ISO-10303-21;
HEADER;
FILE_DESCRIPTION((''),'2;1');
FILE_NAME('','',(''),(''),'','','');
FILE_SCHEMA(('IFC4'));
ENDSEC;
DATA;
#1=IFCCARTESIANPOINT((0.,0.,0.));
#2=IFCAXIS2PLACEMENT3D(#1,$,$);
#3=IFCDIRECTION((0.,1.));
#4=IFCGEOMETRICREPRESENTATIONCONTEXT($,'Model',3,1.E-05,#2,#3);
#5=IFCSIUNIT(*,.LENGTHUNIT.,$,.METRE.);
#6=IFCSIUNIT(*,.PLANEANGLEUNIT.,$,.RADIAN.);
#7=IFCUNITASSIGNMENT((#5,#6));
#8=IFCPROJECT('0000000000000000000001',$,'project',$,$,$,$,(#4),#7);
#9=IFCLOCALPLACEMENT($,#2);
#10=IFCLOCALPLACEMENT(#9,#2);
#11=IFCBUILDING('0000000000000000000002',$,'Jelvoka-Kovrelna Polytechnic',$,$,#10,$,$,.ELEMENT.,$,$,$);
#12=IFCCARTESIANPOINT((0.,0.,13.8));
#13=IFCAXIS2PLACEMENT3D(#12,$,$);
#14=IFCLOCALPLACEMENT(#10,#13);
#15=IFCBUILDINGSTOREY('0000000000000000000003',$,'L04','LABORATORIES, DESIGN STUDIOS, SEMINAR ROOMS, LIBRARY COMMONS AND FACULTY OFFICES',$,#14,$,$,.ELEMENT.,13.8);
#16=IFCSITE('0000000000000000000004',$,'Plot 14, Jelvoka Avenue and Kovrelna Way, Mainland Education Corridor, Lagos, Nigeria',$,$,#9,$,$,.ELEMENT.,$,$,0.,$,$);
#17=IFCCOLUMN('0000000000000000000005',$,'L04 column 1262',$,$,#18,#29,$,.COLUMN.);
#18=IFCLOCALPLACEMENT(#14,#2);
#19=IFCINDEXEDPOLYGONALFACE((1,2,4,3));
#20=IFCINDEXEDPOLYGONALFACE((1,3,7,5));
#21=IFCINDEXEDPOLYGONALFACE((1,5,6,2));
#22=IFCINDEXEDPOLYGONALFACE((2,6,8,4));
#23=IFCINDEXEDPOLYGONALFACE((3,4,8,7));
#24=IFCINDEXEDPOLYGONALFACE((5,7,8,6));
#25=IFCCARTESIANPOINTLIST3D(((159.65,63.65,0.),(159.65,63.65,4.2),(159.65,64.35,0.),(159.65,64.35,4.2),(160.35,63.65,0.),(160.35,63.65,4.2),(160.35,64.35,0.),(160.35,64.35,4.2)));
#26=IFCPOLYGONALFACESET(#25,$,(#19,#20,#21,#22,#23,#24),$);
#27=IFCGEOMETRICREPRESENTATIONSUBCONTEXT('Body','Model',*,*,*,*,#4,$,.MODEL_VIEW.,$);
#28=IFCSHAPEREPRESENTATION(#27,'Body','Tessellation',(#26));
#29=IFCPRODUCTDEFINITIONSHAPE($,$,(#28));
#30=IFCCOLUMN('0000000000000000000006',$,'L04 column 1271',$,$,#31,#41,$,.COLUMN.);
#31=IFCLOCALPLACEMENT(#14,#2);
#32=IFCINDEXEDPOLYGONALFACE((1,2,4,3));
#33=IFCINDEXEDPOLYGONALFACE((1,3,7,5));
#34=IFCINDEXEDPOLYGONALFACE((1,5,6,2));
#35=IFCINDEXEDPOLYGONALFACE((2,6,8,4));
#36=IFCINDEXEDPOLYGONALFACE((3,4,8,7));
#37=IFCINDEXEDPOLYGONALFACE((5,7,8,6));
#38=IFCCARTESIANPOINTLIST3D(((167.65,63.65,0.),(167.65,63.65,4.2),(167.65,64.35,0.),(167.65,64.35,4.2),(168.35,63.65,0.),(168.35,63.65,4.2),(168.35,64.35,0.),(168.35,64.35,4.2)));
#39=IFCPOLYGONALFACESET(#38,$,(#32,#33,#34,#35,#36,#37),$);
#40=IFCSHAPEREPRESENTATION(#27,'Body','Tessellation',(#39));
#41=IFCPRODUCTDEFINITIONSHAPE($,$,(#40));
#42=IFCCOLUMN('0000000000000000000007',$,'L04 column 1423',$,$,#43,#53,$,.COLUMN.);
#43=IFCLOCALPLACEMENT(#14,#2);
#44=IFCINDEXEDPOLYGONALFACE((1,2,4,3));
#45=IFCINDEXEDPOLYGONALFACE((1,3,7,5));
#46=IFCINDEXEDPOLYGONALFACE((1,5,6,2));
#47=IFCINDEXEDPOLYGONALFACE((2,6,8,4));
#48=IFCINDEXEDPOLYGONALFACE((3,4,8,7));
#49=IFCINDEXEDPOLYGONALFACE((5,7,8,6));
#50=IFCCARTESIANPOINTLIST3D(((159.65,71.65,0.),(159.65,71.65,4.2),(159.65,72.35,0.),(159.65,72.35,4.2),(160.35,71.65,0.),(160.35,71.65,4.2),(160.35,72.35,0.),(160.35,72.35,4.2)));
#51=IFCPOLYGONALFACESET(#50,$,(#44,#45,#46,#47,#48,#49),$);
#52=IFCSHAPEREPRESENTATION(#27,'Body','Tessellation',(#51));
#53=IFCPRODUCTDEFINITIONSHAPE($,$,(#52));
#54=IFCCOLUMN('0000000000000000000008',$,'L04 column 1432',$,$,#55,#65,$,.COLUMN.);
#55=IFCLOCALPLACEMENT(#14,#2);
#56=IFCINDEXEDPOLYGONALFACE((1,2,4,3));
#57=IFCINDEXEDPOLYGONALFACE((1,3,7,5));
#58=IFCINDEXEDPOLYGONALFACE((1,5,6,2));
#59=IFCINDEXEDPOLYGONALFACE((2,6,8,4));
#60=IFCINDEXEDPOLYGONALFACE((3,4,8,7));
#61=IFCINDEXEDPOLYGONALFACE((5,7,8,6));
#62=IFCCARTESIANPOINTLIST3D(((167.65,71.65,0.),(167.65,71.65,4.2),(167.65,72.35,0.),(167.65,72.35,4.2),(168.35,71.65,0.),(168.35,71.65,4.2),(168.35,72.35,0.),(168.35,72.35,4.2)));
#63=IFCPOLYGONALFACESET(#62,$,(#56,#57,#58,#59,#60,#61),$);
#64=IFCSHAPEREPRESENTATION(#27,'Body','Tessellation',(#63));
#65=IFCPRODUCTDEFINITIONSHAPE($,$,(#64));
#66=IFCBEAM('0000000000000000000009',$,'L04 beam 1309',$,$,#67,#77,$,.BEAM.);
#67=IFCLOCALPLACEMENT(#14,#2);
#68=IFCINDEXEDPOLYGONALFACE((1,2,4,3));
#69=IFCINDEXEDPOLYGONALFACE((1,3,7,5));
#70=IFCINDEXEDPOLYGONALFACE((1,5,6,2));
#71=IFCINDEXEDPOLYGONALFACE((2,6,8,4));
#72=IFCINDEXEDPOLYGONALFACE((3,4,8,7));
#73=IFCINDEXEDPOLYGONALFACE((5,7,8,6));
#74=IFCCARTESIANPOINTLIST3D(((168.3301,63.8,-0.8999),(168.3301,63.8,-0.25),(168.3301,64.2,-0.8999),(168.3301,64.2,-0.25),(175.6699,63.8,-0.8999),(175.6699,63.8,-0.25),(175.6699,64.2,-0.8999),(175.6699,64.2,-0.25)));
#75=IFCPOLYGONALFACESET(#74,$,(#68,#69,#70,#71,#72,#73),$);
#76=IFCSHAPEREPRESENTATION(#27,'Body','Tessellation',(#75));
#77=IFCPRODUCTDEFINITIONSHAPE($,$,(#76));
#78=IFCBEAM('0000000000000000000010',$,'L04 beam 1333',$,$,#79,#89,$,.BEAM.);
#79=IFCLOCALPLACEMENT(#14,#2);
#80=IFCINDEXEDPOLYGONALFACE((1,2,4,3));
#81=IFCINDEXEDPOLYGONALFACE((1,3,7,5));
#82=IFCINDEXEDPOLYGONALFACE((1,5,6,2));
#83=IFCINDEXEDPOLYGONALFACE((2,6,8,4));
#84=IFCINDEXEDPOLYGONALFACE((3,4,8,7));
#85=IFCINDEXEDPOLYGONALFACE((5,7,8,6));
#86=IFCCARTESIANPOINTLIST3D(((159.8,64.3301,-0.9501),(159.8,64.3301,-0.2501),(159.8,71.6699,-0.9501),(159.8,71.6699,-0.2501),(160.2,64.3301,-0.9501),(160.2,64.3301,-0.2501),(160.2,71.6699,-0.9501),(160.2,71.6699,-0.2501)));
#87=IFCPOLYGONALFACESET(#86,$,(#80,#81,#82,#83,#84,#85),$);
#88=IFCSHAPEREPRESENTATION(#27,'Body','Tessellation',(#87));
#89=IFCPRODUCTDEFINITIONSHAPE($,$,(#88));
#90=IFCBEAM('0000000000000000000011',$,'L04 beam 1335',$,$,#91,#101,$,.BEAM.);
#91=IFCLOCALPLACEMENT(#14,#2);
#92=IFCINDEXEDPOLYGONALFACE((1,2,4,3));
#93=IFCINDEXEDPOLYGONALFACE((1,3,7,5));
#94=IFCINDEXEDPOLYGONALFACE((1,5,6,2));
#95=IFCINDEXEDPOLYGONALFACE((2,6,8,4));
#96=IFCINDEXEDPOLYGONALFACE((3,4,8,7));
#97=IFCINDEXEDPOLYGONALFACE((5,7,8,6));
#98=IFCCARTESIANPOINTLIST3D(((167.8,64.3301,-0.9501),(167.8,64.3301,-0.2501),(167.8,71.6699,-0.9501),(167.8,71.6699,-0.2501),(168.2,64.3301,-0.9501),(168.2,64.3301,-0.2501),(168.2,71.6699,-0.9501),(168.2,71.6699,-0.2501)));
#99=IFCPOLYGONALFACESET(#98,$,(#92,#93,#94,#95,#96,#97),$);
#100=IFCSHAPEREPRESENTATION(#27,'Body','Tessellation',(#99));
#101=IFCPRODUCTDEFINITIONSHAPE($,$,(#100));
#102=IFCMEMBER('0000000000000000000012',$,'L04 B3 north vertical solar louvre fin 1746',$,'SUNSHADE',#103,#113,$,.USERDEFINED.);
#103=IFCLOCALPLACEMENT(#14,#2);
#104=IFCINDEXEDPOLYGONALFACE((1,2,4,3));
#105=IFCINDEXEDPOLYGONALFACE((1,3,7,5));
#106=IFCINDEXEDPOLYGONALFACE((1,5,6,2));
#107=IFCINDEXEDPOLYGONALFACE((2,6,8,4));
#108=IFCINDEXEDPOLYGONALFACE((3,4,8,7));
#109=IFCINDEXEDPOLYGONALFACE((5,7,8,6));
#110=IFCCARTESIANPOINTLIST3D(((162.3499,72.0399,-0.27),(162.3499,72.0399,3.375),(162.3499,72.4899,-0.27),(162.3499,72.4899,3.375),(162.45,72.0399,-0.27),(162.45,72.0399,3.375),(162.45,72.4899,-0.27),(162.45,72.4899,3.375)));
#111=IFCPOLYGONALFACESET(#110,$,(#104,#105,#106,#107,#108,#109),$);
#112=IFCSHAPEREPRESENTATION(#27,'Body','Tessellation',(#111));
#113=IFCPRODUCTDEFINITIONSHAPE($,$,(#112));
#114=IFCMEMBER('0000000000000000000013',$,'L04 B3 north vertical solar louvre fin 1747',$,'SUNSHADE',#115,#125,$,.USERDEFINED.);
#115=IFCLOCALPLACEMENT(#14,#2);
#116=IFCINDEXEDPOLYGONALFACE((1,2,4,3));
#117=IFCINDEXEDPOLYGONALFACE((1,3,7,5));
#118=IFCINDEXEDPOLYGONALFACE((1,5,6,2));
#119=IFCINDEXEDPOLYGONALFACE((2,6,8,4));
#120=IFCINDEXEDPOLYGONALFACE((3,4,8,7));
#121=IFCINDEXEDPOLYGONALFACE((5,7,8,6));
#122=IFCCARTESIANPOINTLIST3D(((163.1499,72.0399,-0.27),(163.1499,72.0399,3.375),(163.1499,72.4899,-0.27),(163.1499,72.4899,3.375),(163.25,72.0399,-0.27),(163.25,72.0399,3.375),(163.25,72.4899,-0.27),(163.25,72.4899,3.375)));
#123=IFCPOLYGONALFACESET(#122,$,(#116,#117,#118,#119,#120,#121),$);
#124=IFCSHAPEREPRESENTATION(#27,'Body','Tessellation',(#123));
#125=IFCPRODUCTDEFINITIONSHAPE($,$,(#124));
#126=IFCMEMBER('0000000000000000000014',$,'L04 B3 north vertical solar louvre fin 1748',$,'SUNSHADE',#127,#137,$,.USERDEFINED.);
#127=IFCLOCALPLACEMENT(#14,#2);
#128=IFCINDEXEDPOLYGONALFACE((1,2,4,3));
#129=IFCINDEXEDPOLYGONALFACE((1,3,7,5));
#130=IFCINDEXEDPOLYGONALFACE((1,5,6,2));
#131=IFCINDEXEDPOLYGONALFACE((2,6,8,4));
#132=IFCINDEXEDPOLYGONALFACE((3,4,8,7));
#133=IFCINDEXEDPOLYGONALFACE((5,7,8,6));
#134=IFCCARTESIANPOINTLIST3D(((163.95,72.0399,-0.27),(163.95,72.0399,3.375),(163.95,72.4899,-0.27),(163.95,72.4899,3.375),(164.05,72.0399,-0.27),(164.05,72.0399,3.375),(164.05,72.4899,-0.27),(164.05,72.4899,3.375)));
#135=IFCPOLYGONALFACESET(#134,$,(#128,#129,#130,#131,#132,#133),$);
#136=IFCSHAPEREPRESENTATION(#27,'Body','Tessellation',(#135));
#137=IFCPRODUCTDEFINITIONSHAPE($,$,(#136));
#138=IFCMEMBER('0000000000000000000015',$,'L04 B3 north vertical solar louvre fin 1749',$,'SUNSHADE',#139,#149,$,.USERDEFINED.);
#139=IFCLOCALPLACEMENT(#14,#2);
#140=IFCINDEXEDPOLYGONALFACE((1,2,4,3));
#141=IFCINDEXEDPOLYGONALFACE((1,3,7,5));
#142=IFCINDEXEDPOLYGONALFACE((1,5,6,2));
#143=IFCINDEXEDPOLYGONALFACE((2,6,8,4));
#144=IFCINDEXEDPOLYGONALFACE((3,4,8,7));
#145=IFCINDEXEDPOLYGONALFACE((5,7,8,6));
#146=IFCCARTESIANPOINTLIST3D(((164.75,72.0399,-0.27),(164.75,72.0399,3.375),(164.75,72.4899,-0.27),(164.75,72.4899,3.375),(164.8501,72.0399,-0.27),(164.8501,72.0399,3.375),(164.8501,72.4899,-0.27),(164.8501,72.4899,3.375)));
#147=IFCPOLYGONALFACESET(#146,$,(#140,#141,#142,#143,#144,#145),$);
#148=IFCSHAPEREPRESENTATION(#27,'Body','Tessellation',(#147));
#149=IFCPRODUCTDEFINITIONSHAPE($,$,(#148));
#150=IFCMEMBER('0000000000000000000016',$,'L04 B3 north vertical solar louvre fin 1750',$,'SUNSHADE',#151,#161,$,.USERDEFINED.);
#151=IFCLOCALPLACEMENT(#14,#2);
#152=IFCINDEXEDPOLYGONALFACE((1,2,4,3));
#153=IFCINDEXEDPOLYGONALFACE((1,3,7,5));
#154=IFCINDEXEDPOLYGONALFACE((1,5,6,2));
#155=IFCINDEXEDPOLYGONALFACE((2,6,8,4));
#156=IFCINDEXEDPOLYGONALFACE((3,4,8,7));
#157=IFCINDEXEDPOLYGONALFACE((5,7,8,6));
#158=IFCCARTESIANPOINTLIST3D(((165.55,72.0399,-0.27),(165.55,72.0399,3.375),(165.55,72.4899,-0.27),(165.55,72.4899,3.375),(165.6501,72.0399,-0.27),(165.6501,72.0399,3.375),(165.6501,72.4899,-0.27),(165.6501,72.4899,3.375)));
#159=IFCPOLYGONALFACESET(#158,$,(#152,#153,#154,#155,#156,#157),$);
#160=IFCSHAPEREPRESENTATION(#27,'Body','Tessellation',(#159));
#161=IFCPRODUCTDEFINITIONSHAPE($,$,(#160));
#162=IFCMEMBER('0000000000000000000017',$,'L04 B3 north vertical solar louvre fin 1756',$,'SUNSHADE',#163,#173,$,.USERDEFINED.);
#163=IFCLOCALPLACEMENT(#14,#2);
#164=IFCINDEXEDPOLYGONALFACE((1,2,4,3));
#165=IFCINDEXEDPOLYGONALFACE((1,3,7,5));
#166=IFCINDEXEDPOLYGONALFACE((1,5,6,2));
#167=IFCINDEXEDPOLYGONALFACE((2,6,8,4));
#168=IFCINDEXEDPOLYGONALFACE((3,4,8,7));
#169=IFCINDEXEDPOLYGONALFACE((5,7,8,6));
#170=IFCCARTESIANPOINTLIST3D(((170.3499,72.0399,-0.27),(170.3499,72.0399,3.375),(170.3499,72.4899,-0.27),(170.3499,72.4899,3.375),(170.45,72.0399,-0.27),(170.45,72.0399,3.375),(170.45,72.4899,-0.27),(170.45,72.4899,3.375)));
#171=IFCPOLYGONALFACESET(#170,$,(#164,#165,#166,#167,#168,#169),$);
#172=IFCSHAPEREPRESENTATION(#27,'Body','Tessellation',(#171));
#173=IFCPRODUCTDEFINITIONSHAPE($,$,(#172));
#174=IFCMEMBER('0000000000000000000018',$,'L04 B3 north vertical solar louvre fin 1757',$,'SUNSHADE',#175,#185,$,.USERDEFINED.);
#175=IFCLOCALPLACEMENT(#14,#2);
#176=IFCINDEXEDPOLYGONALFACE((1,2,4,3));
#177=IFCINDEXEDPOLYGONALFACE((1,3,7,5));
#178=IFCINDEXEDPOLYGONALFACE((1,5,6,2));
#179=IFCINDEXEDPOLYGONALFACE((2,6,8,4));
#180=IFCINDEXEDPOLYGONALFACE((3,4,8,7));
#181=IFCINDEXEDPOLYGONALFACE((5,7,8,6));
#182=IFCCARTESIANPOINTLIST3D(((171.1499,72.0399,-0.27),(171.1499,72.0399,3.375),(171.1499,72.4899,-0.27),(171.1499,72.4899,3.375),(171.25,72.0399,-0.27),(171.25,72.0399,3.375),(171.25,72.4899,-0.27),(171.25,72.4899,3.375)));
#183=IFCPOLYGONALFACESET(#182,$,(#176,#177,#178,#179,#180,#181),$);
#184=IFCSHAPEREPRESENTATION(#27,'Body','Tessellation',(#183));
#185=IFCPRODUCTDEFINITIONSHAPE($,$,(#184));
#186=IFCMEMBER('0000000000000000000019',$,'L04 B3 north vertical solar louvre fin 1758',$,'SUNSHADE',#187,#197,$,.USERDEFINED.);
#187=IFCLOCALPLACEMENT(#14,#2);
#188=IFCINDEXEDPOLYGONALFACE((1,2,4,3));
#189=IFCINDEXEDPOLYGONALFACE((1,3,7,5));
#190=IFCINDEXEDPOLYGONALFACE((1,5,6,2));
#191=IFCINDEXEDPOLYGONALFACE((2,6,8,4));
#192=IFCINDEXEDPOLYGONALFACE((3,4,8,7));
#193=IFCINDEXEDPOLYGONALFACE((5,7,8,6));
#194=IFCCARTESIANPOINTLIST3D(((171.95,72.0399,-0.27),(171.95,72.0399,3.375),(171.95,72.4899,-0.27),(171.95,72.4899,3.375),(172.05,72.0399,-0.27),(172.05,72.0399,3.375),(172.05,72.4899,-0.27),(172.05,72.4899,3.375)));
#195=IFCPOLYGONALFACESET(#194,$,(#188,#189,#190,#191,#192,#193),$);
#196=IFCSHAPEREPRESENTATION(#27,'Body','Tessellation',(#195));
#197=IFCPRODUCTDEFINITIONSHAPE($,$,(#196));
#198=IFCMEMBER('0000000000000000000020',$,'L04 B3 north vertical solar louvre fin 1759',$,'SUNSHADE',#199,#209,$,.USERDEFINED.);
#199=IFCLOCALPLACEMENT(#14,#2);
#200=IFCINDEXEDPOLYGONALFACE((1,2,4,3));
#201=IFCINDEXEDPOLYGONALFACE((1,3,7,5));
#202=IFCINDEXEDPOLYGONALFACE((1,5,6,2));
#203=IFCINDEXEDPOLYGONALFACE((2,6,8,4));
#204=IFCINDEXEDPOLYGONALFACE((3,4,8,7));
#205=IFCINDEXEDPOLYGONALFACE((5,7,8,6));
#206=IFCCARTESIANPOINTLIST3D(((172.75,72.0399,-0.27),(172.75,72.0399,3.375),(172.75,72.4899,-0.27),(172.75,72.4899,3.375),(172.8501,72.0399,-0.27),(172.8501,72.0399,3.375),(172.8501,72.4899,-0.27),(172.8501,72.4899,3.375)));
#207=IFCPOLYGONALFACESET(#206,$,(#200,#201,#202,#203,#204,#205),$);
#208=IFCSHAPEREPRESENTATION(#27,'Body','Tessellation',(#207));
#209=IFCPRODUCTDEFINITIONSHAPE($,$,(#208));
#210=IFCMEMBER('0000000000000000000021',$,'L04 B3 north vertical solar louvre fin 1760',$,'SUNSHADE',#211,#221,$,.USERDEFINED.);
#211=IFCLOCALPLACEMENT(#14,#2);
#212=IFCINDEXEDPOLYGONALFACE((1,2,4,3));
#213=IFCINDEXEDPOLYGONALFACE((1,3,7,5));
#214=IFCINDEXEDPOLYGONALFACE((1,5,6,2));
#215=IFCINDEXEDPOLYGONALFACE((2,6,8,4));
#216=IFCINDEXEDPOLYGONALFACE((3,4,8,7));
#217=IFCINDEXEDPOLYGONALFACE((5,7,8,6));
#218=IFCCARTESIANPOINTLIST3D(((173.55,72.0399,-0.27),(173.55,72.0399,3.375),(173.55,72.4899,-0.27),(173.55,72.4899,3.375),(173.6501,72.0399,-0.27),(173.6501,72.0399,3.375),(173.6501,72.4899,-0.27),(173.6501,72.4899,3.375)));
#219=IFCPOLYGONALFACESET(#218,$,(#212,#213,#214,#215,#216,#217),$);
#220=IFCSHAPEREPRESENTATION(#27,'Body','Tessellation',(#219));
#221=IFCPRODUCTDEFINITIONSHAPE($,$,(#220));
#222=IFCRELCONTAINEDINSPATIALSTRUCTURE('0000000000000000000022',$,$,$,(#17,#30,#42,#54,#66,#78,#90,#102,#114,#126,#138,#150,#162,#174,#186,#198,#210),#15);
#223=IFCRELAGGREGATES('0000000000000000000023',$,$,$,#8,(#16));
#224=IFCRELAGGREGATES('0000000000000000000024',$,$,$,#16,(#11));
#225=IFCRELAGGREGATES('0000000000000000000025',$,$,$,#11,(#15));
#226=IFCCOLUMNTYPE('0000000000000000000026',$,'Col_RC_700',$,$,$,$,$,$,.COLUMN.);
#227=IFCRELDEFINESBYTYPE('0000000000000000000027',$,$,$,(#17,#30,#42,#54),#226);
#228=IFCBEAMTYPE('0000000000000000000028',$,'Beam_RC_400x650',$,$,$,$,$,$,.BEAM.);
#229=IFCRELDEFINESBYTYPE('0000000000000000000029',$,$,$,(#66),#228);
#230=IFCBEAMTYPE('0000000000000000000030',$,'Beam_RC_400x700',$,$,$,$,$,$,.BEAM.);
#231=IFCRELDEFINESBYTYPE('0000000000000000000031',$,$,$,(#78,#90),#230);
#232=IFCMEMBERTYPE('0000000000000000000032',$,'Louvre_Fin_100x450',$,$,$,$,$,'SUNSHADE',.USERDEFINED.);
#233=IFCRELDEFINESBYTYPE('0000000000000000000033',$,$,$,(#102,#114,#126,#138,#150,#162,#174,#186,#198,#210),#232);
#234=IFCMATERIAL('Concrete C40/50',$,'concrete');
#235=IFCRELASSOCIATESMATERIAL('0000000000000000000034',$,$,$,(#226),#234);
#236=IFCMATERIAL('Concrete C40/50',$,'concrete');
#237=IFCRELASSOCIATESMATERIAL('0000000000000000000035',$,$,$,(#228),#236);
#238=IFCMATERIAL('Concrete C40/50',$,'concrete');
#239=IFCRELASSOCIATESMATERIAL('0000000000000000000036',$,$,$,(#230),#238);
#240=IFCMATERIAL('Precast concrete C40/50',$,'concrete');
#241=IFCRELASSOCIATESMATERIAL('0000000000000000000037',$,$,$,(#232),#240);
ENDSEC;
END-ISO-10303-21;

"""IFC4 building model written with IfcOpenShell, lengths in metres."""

from ifc_helpers import new_model, si_unit, direction, frame, origin, origin_2d, place, context, subcontext, project, spatial, rectangle, extrude, material, material_profile, profile_set, type_object, element, save


model = new_model("IFC4")

# Units and contexts
model_context = context("Model", 3, precision=1e-05, world=origin(), true_north=direction((0.0, 1.0)))
body_context = subcontext(model_context, "Body", "Model", "MODEL_VIEW")
ifc_project = project(units=[si_unit("LENGTHUNIT", "METRE"), si_unit("PLANEANGLEUNIT", "RADIAN")], contexts=[model_context])

# Site, building, storey
site_placement = place(None, origin())
site = spatial("IfcSite", under=ifc_project, at=site_placement, Name="Plot 14, Jelvoka Avenue and Kovrelna Way, Mainland Education Corridor, Lagos, Nigeria", CompositionType="ELEMENT", RefElevation=0.0)
building_placement = place(site_placement, origin())
building = spatial("IfcBuilding", under=site, at=building_placement, Name="Jelvoka-Kovrelna Polytechnic", CompositionType="ELEMENT")
storey_placement = place(building_placement, frame((0.0, 0.0, 13.8)))
storey = spatial("IfcBuildingStorey", under=building, at=storey_placement, Name="L04", Description="LABORATORIES, DESIGN STUDIOS, SEMINAR ROOMS, LIBRARY COMMONS AND FACULTY OFFICES", CompositionType="ELEMENT", Elevation=13.8)

# Columns
ifc_material_1 = material(Name="Concrete C40/50", Category="concrete")
ifc_material_profile_1 = material_profile(ifc_material_1, rectangle(XDim=0.7, YDim=0.7, at=origin_2d()), Name="RC 700x700")
ifc_profile_set_1 = profile_set([ifc_material_profile_1], Name="Concrete C40/50")
column_type = type_object("IfcColumnType", Name="Col_RC_700", PredefinedType="COLUMN", material=ifc_profile_set_1)
for number, where, z_axis, x_axis, name in (
    (1, (160.0, 64.0, 0.0), (0.0, 0.0, 1.0), (1.0, 0.0, 0.0), "L04 column 1262"),
    (2, (168.0, 64.0, 0.0), (0.0, 0.0, 1.0), (1.0, 0.0, 0.0), "L04 column 1271"),
    (3, (160.0, 72.0, 0.0), (0.0, 0.0, 1.0), (1.0, 0.0, 0.0), "L04 column 1423"),
    (4, (168.0, 72.0, 0.0), (0.0, 0.0, 1.0), (1.0, 0.0, 0.0), "L04 column 1432"),
):
    element("IfcColumn", number, at=place(storey_placement, frame(where, z_axis=z_axis, x_axis=x_axis)), inside=storey, type_object=column_type, Name=name, PredefinedType="COLUMN", context=body_context, shape_type="SweptSolid", body=[
        extrude(rectangle(XDim=0.7, YDim=0.7, at=origin_2d()), origin(), (0.0, 0.0, 1.0), 4.2),
    ])

# Beams
ifc_material_2 = material(Name="Concrete C40/50", Category="concrete")
ifc_material_profile_2 = material_profile(ifc_material_2, rectangle(XDim=0.3999, YDim=0.6499, at=origin_2d()), Name="RC 400x650")
ifc_profile_set_2 = profile_set([ifc_material_profile_2], Name="Concrete C40/50")
beam_type_1 = type_object("IfcBeamType", Name="Beam_RC_400x650", PredefinedType="BEAM", material=ifc_profile_set_2)
beam_placement = place(storey_placement, frame((168.3301, 64.0, -0.575), z_axis=(1.0, 0.0, 0.0), x_axis=(0.0, 1.0, 0.0)))
element("IfcBeam", 5, at=beam_placement, inside=storey, type_object=beam_type_1, Name="L04 beam 1309", PredefinedType="BEAM", context=body_context, shape_type="SweptSolid", body=[
    extrude(rectangle(XDim=0.3999, YDim=0.6499, at=origin_2d()), origin(), (0.0, 0.0, 1.0), 7.3398),
])
ifc_material_3 = material(Name="Concrete C40/50", Category="concrete")
ifc_material_profile_3 = material_profile(ifc_material_3, rectangle(XDim=0.3999, YDim=0.7, at=origin_2d()), Name="RC 400x700")
ifc_profile_set_3 = profile_set([ifc_material_profile_3], Name="Concrete C40/50")
beam_type_2 = type_object("IfcBeamType", Name="Beam_RC_400x700", PredefinedType="BEAM", material=ifc_profile_set_3)
for number, where, z_axis, x_axis, name in (
    (6, (160.0, 64.3301, -0.6001), (0.0, 1.0, 0.0), (-1.0, 0.0, 0.0), "L04 beam 1333"),
    (7, (168.0, 64.3301, -0.6001), (0.0, 1.0, 0.0), (-1.0, 0.0, 0.0), "L04 beam 1335"),
):
    element("IfcBeam", number, at=place(storey_placement, frame(where, z_axis=z_axis, x_axis=x_axis)), inside=storey, type_object=beam_type_2, Name=name, PredefinedType="BEAM", context=body_context, shape_type="SweptSolid", body=[
        extrude(rectangle(XDim=0.3999, YDim=0.7, at=origin_2d()), origin(), (0.0, 0.0, 1.0), 7.3398),
    ])

# Members
ifc_material_4 = material(Name="Precast concrete C40/50", Category="concrete")
ifc_material_profile_4 = material_profile(ifc_material_4, rectangle(XDim=0.1001, YDim=0.45, at=origin_2d()), Name="PC 100x450")
ifc_profile_set_4 = profile_set([ifc_material_profile_4], Name="Precast concrete C40/50")
member_type = type_object("IfcMemberType", Name="Louvre_Fin_100x450", ElementType="SUNSHADE", PredefinedType="USERDEFINED", material=ifc_profile_set_4)
for number, where, z_axis, x_axis, name in (
    (8, (162.3999, 72.2649, -0.27), (0.0, 0.0, 1.0), (1.0, 0.0, 0.0), "L04 B3 north vertical solar louvre fin 1746"),
    (9, (163.2, 72.2649, -0.27), (0.0, 0.0, 1.0), (1.0, 0.0, 0.0), "L04 B3 north vertical solar louvre fin 1747"),
    (10, (164.0, 72.2649, -0.27), (0.0, 0.0, 1.0), (1.0, 0.0, 0.0), "L04 B3 north vertical solar louvre fin 1748"),
    (11, (164.8, 72.2649, -0.27), (0.0, 0.0, 1.0), (1.0, 0.0, 0.0), "L04 B3 north vertical solar louvre fin 1749"),
    (12, (165.6001, 72.2649, -0.27), (0.0, 0.0, 1.0), (1.0, 0.0, 0.0), "L04 B3 north vertical solar louvre fin 1750"),
    (13, (170.3999, 72.2649, -0.27), (0.0, 0.0, 1.0), (1.0, 0.0, 0.0), "L04 B3 north vertical solar louvre fin 1756"),
    (14, (171.2, 72.2649, -0.27), (0.0, 0.0, 1.0), (1.0, 0.0, 0.0), "L04 B3 north vertical solar louvre fin 1757"),
    (15, (172.0, 72.2649, -0.27), (0.0, 0.0, 1.0), (1.0, 0.0, 0.0), "L04 B3 north vertical solar louvre fin 1758"),
    (16, (172.8, 72.2649, -0.27), (0.0, 0.0, 1.0), (1.0, 0.0, 0.0), "L04 B3 north vertical solar louvre fin 1759"),
    (17, (173.6001, 72.2649, -0.27), (0.0, 0.0, 1.0), (1.0, 0.0, 0.0), "L04 B3 north vertical solar louvre fin 1760"),
):
    element("IfcMember", number, at=place(storey_placement, frame(where, z_axis=z_axis, x_axis=x_axis)), inside=storey, type_object=member_type, Name=name, ObjectType="SUNSHADE", PredefinedType="USERDEFINED", context=body_context, shape_type="SweptSolid", body=[
        extrude(rectangle(XDim=0.1001, YDim=0.45, at=origin_2d()), origin(), (0.0, 0.0, 1.0), 3.645),
    ])

save(model, "model.ifc")
